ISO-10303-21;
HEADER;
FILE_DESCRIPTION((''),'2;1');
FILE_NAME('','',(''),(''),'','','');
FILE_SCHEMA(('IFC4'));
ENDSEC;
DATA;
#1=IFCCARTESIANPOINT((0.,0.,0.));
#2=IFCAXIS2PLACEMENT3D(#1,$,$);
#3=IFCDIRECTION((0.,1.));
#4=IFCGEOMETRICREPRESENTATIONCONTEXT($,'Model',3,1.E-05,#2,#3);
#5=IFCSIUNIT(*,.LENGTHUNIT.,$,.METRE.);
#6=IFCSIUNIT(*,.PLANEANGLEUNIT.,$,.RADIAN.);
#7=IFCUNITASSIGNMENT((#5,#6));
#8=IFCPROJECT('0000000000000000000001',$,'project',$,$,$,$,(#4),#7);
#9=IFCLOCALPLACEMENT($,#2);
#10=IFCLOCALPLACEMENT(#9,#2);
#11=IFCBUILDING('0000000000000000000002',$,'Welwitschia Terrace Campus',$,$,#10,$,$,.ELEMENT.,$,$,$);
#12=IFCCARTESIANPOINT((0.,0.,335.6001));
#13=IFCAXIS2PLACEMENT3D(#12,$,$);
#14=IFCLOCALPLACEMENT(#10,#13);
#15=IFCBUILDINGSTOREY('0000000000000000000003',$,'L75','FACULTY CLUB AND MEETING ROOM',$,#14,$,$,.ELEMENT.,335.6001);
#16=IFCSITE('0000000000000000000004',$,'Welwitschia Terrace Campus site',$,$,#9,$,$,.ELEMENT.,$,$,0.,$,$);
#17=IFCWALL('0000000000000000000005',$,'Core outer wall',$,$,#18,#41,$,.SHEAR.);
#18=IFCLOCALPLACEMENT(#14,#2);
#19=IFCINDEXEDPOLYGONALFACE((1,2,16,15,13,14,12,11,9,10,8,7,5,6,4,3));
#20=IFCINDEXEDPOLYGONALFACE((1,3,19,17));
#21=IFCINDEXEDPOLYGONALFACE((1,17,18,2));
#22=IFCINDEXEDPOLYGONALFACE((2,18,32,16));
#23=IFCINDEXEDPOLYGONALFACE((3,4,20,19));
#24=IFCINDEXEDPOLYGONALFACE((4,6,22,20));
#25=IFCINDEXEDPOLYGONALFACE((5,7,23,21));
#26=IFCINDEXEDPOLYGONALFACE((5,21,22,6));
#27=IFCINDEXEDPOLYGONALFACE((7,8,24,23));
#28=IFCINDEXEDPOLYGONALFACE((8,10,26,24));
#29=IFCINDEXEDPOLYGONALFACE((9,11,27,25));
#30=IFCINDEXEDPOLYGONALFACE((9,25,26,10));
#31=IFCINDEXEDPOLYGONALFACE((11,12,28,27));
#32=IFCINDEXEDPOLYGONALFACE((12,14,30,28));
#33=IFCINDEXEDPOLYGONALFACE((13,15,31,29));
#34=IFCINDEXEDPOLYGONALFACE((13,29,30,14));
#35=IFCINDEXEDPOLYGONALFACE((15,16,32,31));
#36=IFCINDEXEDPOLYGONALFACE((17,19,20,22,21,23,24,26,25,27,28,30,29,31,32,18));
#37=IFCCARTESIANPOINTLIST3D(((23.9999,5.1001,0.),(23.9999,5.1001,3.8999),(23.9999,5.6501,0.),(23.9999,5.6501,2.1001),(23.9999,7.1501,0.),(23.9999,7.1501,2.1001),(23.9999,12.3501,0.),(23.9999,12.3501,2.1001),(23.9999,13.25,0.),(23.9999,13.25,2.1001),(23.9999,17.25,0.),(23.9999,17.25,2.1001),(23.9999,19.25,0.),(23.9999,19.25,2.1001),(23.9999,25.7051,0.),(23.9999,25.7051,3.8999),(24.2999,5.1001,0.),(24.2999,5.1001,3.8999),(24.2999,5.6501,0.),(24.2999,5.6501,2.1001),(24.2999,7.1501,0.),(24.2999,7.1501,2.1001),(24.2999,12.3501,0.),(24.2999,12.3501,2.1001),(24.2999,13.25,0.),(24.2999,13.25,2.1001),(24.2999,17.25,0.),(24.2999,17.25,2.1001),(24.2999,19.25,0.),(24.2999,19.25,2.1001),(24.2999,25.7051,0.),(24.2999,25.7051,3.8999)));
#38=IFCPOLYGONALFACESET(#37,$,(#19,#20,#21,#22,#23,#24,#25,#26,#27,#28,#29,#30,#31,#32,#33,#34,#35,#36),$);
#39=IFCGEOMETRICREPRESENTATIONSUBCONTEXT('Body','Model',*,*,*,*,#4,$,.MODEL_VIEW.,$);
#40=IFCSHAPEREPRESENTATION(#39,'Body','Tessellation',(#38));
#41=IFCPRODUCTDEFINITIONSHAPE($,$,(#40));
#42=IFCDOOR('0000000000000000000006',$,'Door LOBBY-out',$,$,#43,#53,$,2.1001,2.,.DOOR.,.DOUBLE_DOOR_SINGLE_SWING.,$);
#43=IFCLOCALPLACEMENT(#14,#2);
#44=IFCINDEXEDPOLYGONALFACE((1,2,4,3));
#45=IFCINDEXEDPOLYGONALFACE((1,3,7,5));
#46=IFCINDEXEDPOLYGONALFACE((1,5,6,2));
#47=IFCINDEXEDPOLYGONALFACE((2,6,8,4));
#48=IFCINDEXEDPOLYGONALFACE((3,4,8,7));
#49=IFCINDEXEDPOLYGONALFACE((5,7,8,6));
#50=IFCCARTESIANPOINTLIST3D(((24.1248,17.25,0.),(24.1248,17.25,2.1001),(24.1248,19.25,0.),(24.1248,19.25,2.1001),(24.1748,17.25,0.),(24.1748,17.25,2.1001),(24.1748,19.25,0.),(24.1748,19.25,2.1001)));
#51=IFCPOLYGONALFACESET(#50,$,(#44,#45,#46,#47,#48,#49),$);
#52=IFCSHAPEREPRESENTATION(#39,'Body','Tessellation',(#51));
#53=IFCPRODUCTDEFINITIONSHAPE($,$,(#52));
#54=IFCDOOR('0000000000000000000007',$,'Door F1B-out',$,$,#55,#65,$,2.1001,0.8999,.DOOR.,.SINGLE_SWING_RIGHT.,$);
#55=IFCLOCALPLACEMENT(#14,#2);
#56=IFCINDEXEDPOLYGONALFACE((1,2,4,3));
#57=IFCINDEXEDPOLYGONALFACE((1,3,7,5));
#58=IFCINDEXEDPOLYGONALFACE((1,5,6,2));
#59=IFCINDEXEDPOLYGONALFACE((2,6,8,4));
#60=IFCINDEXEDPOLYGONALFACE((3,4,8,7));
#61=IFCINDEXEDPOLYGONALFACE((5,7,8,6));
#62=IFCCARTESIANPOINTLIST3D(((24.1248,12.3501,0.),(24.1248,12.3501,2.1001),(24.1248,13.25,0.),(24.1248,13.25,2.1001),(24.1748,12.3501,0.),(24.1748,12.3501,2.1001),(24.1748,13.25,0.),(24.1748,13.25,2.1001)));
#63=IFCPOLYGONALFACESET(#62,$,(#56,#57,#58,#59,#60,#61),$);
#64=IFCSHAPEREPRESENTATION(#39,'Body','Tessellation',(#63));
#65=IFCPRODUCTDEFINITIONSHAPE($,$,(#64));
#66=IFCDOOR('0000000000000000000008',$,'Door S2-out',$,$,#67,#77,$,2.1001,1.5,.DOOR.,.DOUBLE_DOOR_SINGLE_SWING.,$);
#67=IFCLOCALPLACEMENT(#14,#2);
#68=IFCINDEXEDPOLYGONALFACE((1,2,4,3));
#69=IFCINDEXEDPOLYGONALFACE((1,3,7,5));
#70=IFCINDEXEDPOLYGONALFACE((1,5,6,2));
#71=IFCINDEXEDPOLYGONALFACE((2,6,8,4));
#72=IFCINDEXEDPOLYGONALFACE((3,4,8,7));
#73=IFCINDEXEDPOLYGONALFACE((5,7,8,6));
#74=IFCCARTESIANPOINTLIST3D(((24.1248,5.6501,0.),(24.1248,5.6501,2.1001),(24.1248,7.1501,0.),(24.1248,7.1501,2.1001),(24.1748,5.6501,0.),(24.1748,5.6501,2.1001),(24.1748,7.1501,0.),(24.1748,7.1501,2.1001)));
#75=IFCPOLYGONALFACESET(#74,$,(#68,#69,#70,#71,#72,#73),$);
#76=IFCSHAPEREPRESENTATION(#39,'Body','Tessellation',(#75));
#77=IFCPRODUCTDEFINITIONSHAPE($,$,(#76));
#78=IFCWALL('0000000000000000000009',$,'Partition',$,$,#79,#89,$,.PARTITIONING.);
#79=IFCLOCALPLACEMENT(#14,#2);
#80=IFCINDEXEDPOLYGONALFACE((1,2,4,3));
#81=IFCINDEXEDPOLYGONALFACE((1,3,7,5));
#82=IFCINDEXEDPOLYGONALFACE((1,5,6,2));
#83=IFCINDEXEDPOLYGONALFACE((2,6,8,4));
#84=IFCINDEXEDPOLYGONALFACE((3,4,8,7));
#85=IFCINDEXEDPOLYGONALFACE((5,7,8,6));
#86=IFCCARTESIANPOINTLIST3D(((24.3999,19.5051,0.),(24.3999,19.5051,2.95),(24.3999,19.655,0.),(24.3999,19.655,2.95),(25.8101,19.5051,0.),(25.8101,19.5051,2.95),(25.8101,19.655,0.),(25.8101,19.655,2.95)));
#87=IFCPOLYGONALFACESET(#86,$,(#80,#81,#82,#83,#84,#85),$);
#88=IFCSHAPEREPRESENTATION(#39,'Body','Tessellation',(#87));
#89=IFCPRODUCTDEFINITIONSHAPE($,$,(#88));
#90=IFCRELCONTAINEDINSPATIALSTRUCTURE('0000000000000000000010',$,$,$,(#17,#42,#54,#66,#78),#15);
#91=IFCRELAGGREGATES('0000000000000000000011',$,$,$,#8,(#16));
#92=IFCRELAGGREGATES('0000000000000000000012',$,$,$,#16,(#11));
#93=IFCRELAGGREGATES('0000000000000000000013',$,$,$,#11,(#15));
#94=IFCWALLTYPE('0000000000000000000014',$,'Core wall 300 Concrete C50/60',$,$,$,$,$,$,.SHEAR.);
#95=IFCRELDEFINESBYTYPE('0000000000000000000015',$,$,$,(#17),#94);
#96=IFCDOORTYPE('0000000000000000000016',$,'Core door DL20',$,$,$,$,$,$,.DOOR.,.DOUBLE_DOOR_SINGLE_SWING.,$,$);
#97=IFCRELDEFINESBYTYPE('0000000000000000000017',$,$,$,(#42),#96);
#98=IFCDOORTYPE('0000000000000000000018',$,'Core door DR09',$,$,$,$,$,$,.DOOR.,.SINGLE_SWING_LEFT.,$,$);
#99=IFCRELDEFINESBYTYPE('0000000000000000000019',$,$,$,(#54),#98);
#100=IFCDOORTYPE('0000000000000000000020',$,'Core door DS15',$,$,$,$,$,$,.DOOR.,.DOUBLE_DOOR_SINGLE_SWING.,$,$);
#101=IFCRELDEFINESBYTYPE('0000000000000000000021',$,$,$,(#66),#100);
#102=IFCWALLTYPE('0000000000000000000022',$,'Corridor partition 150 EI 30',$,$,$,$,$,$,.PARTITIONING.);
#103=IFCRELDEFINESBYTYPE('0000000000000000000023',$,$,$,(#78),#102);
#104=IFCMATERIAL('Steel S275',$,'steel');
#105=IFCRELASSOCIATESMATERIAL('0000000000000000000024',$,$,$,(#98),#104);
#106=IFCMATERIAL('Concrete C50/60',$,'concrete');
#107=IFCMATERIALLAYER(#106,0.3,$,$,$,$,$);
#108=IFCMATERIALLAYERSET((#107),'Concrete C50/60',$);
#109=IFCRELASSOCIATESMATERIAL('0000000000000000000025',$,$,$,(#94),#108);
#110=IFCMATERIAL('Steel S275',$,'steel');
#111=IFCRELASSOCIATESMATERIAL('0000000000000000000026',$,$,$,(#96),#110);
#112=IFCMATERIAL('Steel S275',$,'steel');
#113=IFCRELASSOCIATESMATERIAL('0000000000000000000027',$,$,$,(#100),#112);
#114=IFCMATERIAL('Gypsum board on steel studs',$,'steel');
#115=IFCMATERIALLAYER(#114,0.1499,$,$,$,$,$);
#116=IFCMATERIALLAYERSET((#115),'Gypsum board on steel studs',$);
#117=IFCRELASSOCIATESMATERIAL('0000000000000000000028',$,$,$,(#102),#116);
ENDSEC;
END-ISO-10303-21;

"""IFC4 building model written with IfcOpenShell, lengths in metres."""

from ifc_helpers import new_model, si_unit, direction, frame, frame_2d, origin, place, context, subcontext, project, spatial, rectangle, extrude, material, layer, layer_set, type_object, element, fill, save


model = new_model("IFC4")

# Units and contexts
model_context = context("Model", 3, precision=1e-05, world=origin(), true_north=direction((0.0, 1.0)))
body_context = subcontext(model_context, "Body", "Model", "MODEL_VIEW")
ifc_project = project(units=[si_unit("LENGTHUNIT", "METRE"), si_unit("PLANEANGLEUNIT", "RADIAN")], contexts=[model_context])

# Site, building, storey
site_placement = place(None, origin())
site = spatial("IfcSite", under=ifc_project, at=site_placement, Name="Welwitschia Terrace Campus site", CompositionType="ELEMENT", RefElevation=0.0)
building_placement = place(site_placement, origin())
building = spatial("IfcBuilding", under=site, at=building_placement, Name="Welwitschia Terrace Campus", CompositionType="ELEMENT")
storey_placement = place(building_placement, frame((0.0, 0.0, 335.6001)))
storey = spatial("IfcBuildingStorey", under=building, at=storey_placement, Name="L75", Description="FACULTY CLUB AND MEETING ROOM", CompositionType="ELEMENT", Elevation=335.6001)

# Wall, openings, doors
ifc_material_1 = material(Name="Steel S275", Category="steel")
door_type_1 = type_object("IfcDoorType", Name="Core door DR09", OperationType="SINGLE_SWING_LEFT", PredefinedType="DOOR", material=ifc_material_1)
ifc_material_2 = material(Name="Concrete C50/60", Category="concrete")
ifc_layer_1 = layer(ifc_material_2, 0.3)
ifc_layer_set_1 = layer_set([ifc_layer_1], Name="Concrete C50/60")
wall_type_1 = type_object("IfcWallType", Name="Core wall 300 Concrete C50/60", PredefinedType="SHEAR", material=ifc_layer_set_1)
wall_1_placement = place(storey_placement, frame((24.1499, 25.7051, 0.0), z_axis=(0.0, 0.0, 1.0), x_axis=(0.0, -1.0, 0.0)))
wall_1 = element("IfcWall", 1, at=wall_1_placement, inside=storey, type_object=wall_type_1, Name="Core outer wall", PredefinedType="SHEAR", context=body_context, shape_type="SweptSolid", body=[
    extrude(rectangle(XDim=20.605, YDim=0.3, at=frame_2d((10.3025, 0.0))), origin(), (0.0, 0.0, 1.0), 3.8999),
])
opening_1_placement = place(wall_1_placement, frame((18.5549, 0.0, 0.0)))
opening_1 = element("IfcOpeningElement", 2, at=opening_1_placement, cuts=wall_1, PredefinedType="OPENING", context=body_context, shape_type="SweptSolid", body=[
    extrude(rectangle(XDim=1.5, YDim=2.1001, at=frame_2d((0.75, 1.05))), frame((0.0, 0.1599, 0.0), z_axis=(0.0, -1.0, 0.0), x_axis=(1.0, 0.0, 0.0)), (0.0, 0.0, 1.0), 0.3201),
])
opening_2_placement = place(wall_1_placement, frame((12.4551, 0.0, 0.0)))
opening_2 = element("IfcOpeningElement", 3, at=opening_2_placement, cuts=wall_1, PredefinedType="OPENING", context=body_context, shape_type="SweptSolid", body=[
    extrude(rectangle(XDim=0.8999, YDim=2.1001, at=frame_2d((0.45, 1.05))), frame((0.0, 0.1599, 0.0), z_axis=(0.0, -1.0, 0.0), x_axis=(1.0, 0.0, 0.0)), (0.0, 0.0, 1.0), 0.3201),
])
opening_3_placement = place(wall_1_placement, frame((6.4551, 0.0, 0.0)))
opening_3 = element("IfcOpeningElement", 4, at=opening_3_placement, cuts=wall_1, PredefinedType="OPENING", context=body_context, shape_type="SweptSolid", body=[
    extrude(rectangle(XDim=2.0, YDim=2.1001, at=frame_2d((1.0, 1.05))), frame((0.0, 0.1599, 0.0), z_axis=(0.0, -1.0, 0.0), x_axis=(1.0, 0.0, 0.0)), (0.0, 0.0, 1.0), 0.3201),
])
ifc_material_3 = material(Name="Steel S275", Category="steel")
door_type_2 = type_object("IfcDoorType", Name="Core door DL20", OperationType="DOUBLE_DOOR_SINGLE_SWING", PredefinedType="DOOR", material=ifc_material_3)
door_1_placement = place(opening_3_placement, origin())
door_1 = element("IfcDoor", 5, at=door_1_placement, inside=storey, type_object=door_type_2, Name="Door LOBBY-out", OperationType="DOUBLE_DOOR_SINGLE_SWING", OverallHeight=2.1001, OverallWidth=2.0, PredefinedType="DOOR", context=body_context, shape_type="SweptSolid", body=[
    extrude(rectangle(XDim=2.0, YDim=2.1001, at=frame_2d((1.0, 1.05))), frame((0.0, 0.0249, 0.0), z_axis=(0.0, -1.0, 0.0), x_axis=(1.0, 0.0, 0.0)), (0.0, 0.0, 1.0), 0.05),
])
fill(opening_3, door_1)
door_2_placement = place(opening_2_placement, origin())
door_2 = element("IfcDoor", 6, at=door_2_placement, inside=storey, type_object=door_type_1, Name="Door F1B-out", OperationType="SINGLE_SWING_RIGHT", OverallHeight=2.1001, OverallWidth=0.8999, PredefinedType="DOOR", context=body_context, shape_type="SweptSolid", body=[
    extrude(rectangle(XDim=0.8999, YDim=2.1001, at=frame_2d((0.45, 1.05))), frame((0.0, 0.0249, 0.0), z_axis=(0.0, -1.0, 0.0), x_axis=(1.0, 0.0, 0.0)), (0.0, 0.0, 1.0), 0.05),
])
fill(opening_2, door_2)
ifc_material_4 = material(Name="Steel S275", Category="steel")
door_type_3 = type_object("IfcDoorType", Name="Core door DS15", OperationType="DOUBLE_DOOR_SINGLE_SWING", PredefinedType="DOOR", material=ifc_material_4)
door_3_placement = place(opening_1_placement, origin())
door_3 = element("IfcDoor", 7, at=door_3_placement, inside=storey, type_object=door_type_3, Name="Door S2-out", OperationType="DOUBLE_DOOR_SINGLE_SWING", OverallHeight=2.1001, OverallWidth=1.5, PredefinedType="DOOR", context=body_context, shape_type="SweptSolid", body=[
    extrude(rectangle(XDim=1.5, YDim=2.1001, at=frame_2d((0.75, 1.05))), frame((0.0, 0.0249, 0.0), z_axis=(0.0, -1.0, 0.0), x_axis=(1.0, 0.0, 0.0)), (0.0, 0.0, 1.0), 0.05),
])
fill(opening_1, door_3)

# Wall
ifc_material_5 = material(Name="Gypsum board on steel studs", Category="steel")
ifc_layer_2 = layer(ifc_material_5, 0.1499)
ifc_layer_set_2 = layer_set([ifc_layer_2], Name="Gypsum board on steel studs")
wall_type_2 = type_object("IfcWallType", Name="Corridor partition 150 EI 30", PredefinedType="PARTITIONING", material=ifc_layer_set_2)
wall_2_placement = place(storey_placement, frame((24.3999, 19.5801, 0.0), z_axis=(0.0, 0.0, 1.0), x_axis=(1.0, 0.0, 0.0)))
element("IfcWall", 8, at=wall_2_placement, inside=storey, type_object=wall_type_2, Name="Partition", PredefinedType="PARTITIONING", context=body_context, shape_type="SweptSolid", body=[
    extrude(rectangle(XDim=1.4102, YDim=0.1499, at=frame_2d((0.7051, 0.0))), origin(), (0.0, 0.0, 1.0), 2.95),
])

save(model, "model.ifc")
